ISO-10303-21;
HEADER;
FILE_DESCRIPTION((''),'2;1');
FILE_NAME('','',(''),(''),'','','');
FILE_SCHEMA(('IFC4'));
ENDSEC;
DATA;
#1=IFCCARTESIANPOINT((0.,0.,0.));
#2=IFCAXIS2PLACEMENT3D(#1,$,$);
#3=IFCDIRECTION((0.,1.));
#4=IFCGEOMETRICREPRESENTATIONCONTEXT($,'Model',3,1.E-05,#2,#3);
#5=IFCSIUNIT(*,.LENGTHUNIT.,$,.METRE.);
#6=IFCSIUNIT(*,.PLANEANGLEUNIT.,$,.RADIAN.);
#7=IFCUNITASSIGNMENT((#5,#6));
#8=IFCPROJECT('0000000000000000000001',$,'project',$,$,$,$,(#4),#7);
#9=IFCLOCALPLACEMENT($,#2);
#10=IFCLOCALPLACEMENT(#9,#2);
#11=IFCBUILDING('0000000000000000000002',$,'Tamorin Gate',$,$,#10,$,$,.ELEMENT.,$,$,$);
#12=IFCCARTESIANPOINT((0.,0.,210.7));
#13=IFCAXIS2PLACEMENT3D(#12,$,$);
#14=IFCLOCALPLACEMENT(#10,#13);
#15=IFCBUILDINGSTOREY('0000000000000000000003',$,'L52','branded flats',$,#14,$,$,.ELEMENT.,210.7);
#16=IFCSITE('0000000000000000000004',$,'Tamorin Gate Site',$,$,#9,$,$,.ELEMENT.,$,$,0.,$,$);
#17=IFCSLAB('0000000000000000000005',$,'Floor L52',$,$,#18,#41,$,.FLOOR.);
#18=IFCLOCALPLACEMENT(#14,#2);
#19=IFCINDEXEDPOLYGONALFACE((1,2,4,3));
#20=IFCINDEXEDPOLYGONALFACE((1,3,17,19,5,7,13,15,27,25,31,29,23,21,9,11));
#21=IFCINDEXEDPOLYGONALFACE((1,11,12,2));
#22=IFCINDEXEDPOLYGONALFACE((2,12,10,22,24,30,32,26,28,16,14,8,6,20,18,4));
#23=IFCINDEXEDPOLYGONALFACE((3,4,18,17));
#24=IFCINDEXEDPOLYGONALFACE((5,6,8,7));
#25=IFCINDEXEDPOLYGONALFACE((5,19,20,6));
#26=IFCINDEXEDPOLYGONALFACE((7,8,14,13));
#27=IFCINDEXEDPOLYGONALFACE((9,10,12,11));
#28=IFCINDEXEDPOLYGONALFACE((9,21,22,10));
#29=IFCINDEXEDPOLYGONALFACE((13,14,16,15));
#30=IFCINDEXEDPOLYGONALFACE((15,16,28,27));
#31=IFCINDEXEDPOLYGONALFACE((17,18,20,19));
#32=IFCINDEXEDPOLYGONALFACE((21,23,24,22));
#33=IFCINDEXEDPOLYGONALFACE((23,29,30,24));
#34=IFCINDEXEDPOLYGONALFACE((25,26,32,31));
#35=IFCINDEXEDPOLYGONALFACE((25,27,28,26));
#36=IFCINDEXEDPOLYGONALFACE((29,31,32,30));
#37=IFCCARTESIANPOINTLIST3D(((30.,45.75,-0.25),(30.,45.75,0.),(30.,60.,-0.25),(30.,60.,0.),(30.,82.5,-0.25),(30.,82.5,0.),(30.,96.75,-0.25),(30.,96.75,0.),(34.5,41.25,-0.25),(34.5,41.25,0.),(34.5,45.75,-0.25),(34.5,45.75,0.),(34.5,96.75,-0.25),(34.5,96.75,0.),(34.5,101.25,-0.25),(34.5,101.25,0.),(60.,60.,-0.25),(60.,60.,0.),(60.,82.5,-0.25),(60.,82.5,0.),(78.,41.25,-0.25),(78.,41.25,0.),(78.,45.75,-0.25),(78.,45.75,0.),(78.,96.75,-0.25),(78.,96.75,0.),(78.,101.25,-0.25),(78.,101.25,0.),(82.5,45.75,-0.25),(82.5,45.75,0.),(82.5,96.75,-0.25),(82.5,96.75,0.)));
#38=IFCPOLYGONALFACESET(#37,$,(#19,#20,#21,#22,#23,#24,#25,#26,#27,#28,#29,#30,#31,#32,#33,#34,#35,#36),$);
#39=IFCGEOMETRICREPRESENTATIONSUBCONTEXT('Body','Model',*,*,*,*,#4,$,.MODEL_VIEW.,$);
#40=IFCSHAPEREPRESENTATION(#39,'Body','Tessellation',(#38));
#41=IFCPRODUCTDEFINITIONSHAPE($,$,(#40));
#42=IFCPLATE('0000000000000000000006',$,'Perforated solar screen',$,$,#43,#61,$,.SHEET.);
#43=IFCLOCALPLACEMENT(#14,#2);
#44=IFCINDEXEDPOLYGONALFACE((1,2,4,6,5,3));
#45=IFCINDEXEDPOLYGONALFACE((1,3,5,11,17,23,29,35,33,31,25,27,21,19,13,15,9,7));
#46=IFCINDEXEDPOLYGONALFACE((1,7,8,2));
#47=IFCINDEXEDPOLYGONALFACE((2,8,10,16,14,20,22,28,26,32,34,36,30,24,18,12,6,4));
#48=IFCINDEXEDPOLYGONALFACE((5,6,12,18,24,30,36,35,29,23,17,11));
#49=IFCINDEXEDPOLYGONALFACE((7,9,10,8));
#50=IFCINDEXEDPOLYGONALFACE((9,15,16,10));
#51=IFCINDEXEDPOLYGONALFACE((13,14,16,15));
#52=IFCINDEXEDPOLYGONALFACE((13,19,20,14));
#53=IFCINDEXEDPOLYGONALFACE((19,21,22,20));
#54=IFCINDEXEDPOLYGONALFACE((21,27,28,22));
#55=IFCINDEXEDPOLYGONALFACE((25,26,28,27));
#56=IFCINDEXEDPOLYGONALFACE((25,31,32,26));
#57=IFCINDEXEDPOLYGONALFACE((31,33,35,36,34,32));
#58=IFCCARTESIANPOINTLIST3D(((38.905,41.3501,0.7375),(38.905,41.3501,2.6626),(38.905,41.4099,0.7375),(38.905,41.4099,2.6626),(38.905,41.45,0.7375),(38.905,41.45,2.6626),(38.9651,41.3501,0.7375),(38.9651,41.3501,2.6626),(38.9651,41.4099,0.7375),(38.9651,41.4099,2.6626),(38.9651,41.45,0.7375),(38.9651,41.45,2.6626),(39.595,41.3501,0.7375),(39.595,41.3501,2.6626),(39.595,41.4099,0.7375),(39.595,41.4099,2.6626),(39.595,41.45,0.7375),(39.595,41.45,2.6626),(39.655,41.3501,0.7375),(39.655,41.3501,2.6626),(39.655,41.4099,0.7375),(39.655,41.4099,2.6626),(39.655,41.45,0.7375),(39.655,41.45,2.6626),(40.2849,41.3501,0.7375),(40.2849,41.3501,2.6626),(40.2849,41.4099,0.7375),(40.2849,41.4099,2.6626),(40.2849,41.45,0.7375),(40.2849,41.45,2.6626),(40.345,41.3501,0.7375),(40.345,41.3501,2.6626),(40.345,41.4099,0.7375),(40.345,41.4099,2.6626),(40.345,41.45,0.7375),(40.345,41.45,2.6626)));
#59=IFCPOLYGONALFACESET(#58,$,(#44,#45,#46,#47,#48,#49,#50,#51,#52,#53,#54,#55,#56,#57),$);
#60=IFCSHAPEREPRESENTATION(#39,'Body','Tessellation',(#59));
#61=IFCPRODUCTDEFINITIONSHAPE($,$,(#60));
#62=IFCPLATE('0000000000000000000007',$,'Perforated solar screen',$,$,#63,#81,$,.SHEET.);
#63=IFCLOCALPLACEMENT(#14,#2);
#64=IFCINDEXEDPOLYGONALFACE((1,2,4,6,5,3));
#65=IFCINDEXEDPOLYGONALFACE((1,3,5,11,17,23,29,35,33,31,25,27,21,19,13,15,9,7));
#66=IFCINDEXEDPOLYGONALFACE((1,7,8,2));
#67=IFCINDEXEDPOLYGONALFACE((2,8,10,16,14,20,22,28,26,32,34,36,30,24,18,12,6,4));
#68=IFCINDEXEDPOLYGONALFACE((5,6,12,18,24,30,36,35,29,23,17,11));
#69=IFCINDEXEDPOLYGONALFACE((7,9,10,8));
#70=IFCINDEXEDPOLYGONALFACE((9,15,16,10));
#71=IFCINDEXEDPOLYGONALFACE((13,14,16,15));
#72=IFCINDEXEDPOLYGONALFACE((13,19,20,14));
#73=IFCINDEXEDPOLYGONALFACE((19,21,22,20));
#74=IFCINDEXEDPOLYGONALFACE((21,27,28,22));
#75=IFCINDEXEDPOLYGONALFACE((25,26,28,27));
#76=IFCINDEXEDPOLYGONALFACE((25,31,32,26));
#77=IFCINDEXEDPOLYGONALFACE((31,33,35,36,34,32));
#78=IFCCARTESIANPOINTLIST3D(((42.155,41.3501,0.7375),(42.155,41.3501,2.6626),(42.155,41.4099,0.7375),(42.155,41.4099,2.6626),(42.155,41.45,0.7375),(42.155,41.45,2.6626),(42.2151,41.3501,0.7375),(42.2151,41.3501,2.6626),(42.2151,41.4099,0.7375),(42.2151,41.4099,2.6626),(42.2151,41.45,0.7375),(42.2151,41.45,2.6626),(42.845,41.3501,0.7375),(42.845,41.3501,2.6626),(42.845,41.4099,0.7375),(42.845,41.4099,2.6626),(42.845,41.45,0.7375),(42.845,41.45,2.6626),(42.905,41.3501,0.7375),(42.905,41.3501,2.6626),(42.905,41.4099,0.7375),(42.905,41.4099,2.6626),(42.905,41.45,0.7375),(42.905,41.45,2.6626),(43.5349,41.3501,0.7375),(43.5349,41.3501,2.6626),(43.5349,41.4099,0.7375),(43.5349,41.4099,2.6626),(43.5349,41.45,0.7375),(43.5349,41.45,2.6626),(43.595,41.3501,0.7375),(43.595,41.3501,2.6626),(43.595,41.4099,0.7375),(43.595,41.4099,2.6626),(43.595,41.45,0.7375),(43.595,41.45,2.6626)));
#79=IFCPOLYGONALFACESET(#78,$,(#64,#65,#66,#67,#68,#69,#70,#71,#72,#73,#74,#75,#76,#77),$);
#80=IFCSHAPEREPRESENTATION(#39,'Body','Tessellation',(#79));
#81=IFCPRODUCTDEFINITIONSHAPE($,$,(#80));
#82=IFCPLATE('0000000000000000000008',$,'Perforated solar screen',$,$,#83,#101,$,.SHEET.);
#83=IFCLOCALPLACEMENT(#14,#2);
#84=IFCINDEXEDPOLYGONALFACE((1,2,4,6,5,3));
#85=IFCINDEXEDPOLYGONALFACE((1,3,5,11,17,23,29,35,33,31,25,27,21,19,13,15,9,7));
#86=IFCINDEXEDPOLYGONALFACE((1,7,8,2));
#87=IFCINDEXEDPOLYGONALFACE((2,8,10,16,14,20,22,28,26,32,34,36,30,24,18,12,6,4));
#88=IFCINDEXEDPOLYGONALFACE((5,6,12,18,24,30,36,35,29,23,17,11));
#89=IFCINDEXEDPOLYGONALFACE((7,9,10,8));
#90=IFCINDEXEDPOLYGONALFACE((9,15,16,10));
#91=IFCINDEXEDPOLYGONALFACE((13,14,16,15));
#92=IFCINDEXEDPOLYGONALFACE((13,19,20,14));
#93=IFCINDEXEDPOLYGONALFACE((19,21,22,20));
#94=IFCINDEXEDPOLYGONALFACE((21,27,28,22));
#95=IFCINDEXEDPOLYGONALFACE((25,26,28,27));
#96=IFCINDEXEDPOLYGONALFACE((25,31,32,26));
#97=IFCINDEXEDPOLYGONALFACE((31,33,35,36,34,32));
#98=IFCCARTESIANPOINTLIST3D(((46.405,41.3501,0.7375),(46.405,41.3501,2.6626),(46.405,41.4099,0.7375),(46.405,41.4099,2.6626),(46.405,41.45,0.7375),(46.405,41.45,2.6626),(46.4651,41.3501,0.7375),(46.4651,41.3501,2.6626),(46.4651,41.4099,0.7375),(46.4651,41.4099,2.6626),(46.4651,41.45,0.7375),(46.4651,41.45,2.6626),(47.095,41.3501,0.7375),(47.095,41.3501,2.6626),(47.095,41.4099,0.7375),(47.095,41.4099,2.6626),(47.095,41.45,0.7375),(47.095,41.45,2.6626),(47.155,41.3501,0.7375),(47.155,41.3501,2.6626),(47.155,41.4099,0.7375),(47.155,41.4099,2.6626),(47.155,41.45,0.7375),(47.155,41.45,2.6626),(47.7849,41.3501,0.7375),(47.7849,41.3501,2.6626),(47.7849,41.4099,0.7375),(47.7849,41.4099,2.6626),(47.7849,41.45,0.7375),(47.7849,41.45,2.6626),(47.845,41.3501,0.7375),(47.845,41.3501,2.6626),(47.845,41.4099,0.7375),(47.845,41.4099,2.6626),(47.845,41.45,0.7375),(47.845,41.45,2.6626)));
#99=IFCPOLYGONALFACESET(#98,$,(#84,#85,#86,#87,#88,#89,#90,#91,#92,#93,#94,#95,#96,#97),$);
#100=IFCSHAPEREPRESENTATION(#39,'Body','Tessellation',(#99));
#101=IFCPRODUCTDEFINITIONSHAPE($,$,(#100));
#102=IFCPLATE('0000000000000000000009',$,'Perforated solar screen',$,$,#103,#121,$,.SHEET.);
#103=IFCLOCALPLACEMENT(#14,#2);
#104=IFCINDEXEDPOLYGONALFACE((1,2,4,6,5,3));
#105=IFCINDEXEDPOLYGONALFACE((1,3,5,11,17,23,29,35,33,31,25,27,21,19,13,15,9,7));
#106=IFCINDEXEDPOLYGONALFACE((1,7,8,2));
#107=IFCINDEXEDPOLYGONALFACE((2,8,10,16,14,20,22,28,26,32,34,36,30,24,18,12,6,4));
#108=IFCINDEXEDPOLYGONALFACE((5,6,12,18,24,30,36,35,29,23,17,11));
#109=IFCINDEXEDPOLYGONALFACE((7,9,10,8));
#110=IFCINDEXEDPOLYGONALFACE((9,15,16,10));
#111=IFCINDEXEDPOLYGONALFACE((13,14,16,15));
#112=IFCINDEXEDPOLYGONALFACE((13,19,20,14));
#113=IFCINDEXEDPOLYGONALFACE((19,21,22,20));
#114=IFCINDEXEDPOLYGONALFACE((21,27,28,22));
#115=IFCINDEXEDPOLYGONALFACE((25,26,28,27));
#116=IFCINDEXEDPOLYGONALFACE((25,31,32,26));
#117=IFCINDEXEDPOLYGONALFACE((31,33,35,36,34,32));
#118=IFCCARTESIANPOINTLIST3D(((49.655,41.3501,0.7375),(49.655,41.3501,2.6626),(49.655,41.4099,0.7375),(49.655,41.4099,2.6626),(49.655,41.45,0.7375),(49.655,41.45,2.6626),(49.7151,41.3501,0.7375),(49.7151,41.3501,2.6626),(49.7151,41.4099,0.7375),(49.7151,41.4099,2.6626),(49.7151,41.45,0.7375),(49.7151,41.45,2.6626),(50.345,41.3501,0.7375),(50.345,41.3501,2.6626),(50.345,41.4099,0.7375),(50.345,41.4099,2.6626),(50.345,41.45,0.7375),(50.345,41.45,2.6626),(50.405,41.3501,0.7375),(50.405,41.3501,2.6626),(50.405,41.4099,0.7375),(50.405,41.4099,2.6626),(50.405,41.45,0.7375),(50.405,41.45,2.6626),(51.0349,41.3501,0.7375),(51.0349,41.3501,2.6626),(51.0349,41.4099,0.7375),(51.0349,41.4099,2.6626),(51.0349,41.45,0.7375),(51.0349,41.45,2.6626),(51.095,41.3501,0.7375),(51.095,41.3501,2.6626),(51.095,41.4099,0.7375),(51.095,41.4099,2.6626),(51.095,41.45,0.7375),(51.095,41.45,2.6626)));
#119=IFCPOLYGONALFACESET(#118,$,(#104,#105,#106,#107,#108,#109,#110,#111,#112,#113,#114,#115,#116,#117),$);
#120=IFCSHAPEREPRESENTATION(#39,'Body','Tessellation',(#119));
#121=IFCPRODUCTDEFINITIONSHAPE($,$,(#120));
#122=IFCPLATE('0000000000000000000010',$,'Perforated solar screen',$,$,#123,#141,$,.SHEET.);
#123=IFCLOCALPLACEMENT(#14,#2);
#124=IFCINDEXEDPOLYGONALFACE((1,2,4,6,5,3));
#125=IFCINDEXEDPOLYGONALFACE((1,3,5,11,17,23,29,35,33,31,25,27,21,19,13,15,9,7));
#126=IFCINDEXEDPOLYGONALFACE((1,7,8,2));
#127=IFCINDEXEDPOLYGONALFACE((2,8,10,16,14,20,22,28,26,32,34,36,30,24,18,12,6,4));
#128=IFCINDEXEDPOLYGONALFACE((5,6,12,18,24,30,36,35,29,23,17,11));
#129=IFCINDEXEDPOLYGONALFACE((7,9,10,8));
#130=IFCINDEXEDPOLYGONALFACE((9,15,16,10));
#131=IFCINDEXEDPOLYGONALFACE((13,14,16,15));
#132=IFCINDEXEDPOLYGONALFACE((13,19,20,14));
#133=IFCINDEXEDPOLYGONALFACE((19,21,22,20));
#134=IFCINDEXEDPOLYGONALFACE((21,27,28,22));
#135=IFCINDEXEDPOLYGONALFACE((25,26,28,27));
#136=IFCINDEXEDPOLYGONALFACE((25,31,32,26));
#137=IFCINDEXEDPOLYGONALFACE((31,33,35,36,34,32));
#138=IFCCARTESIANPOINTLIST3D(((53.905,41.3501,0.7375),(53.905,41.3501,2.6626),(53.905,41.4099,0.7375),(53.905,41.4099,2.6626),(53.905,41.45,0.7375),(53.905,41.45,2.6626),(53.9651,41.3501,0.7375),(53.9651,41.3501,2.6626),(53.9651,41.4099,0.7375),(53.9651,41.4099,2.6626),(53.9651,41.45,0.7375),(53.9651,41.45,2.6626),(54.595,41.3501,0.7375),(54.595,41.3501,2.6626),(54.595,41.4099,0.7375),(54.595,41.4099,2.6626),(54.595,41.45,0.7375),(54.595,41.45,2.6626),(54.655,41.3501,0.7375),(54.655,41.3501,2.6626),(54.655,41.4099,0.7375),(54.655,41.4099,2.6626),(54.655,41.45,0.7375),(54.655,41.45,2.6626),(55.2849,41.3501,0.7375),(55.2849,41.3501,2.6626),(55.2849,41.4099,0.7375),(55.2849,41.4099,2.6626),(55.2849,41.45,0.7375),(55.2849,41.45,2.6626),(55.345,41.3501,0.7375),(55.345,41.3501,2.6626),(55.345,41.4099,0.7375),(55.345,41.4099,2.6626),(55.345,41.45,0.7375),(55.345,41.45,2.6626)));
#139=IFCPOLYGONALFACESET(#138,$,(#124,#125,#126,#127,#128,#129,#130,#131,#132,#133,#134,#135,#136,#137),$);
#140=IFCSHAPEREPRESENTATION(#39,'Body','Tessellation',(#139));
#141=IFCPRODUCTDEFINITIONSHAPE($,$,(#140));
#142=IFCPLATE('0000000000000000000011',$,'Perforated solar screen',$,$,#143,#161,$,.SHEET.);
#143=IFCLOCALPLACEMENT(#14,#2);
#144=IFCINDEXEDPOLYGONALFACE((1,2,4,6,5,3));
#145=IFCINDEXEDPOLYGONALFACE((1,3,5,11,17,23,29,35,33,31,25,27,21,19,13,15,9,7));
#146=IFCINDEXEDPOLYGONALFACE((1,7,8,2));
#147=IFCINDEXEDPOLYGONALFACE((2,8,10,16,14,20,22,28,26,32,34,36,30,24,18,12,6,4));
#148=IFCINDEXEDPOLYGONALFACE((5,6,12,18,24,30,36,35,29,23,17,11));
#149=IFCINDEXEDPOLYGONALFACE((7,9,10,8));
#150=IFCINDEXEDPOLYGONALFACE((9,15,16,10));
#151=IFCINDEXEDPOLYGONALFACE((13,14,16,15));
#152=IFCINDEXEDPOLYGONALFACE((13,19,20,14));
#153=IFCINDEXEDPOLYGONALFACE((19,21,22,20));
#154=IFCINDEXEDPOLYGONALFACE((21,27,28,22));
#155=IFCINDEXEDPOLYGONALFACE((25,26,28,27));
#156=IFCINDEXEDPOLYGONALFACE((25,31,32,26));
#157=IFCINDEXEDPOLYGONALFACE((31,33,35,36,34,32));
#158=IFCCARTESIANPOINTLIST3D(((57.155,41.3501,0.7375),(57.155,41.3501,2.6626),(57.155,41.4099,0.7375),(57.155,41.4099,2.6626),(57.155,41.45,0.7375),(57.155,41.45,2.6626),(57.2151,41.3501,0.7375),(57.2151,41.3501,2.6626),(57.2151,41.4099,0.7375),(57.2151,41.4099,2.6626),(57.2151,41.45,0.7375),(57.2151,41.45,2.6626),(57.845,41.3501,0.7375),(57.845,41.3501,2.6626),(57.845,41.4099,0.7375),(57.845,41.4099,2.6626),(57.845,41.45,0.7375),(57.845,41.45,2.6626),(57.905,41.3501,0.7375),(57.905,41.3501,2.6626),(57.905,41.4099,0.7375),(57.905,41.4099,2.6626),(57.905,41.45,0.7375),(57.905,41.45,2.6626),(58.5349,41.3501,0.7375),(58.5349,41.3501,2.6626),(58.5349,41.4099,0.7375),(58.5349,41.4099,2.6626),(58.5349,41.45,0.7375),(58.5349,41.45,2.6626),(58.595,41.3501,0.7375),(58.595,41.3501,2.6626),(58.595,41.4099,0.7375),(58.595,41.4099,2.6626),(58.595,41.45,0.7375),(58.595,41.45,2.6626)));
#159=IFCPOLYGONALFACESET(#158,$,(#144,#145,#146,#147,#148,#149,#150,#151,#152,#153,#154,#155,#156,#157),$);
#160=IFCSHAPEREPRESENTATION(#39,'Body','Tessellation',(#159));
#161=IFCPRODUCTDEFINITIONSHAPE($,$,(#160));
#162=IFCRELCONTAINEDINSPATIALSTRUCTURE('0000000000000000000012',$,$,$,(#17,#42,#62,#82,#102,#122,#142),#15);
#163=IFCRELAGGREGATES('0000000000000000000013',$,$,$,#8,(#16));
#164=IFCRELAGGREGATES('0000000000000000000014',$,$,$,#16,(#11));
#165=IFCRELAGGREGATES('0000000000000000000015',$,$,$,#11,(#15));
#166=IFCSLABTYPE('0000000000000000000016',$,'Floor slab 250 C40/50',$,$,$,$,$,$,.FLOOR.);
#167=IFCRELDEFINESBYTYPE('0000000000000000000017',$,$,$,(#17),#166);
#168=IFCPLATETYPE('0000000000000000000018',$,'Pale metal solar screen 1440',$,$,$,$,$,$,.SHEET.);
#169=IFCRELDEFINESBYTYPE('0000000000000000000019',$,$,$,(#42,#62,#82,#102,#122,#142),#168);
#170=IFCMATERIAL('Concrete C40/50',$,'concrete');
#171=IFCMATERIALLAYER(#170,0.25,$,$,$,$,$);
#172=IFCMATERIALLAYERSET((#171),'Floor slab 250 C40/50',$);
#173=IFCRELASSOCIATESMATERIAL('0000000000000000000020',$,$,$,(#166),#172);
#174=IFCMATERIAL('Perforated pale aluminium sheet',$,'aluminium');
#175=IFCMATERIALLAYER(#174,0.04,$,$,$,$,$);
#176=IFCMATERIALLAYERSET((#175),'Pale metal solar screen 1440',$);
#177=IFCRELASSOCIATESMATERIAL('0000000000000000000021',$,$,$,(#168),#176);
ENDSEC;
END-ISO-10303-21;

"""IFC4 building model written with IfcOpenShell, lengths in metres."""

from ifc_helpers import new_model, si_unit, direction, frame, origin, place, context, subcontext, project, spatial, polyline, outline, extrude, material, layer, layer_set, type_object, element, save


model = new_model("IFC4")

# Units and contexts
model_context = context("Model", 3, precision=1e-05, world=origin(), true_north=direction((0.0, 1.0)))
body_context = subcontext(model_context, "Body", "Model", "MODEL_VIEW")
ifc_project = project(units=[si_unit("LENGTHUNIT", "METRE"), si_unit("PLANEANGLEUNIT", "RADIAN")], contexts=[model_context])

# Site, building, storey
site_placement = place(None, origin())
site = spatial("IfcSite", under=ifc_project, at=site_placement, Name="Tamorin Gate Site", CompositionType="ELEMENT", RefElevation=0.0)
building_placement = place(site_placement, origin())
building = spatial("IfcBuilding", under=site, at=building_placement, Name="Tamorin Gate", CompositionType="ELEMENT")
storey_placement = place(building_placement, frame((0.0, 0.0, 210.7)))
storey = spatial("IfcBuildingStorey", under=building, at=storey_placement, Name="L52", Description="branded flats", CompositionType="ELEMENT", Elevation=210.7)

# Slab
ifc_material_1 = material(Name="Concrete C40/50", Category="concrete")
ifc_layer_1 = layer(ifc_material_1, 0.25)
ifc_layer_set_1 = layer_set([ifc_layer_1], Name="Floor slab 250 C40/50")
slab_type = type_object("IfcSlabType", Name="Floor slab 250 C40/50", PredefinedType="FLOOR", material=ifc_layer_set_1)
slab_placement = place(storey_placement, frame((0.0, 0.0, -0.25)))
element("IfcSlab", 1, at=slab_placement, inside=storey, type_object=slab_type, Name="Floor L52", PredefinedType="FLOOR", context=body_context, shape_type="SweptSolid", body=[
    extrude(outline(polyline([(30.0, 96.75), (34.5, 96.75), (34.5, 101.25), (78.0, 101.25), (78.0, 96.75), (82.5, 96.75), (82.5, 45.75), (78.0, 45.75), (78.0, 41.25), (34.5, 41.25), (34.5, 45.75), (30.0, 45.75), (30.0, 60.0), (60.0, 60.0), (60.0, 82.5), (30.0, 82.5), (30.0, 96.75)])), origin(), (0.0, 0.0, 1.0), 0.25),
])

# Plates
ifc_material_2 = material(Name="Perforated pale aluminium sheet", Category="aluminium")
ifc_layer_2 = layer(ifc_material_2, 0.04)
ifc_layer_set_2 = layer_set([ifc_layer_2], Name="Pale metal solar screen 1440")
plate_type_1 = type_object("IfcPlateType", Name="Pale metal solar screen 1440", PredefinedType="SHEET", material=ifc_layer_set_2)
plate_1_placement = place(storey_placement, frame((0.0, 0.0, 0.7375)))
element("IfcPlate", 2, at=plate_1_placement, inside=storey, type_object=plate_type_1, Name="Perforated solar screen", PredefinedType="SHEET", context=body_context, shape_type="SweptSolid", body=[
    extrude(outline(polyline([(38.905, 41.4099), (38.905, 41.45), (38.9651, 41.45), (39.595, 41.45), (39.655, 41.45), (40.2849, 41.45), (40.345, 41.45), (40.345, 41.45), (40.345, 41.4099), (40.345, 41.4099), (40.345, 41.3501), (40.2849, 41.3501), (40.2849, 41.4099), (39.655, 41.4099), (39.655, 41.3501), (39.595, 41.3501), (39.595, 41.4099), (38.9651, 41.4099), (38.9651, 41.3501), (38.905, 41.3501), (38.905, 41.4099)])), origin(), (0.0, 0.0, 1.0), 1.925),
])
plate_2_placement = place(storey_placement, frame((0.0, 0.0, 0.7375)))
element("IfcPlate", 3, at=plate_2_placement, inside=storey, type_object=plate_type_1, Name="Perforated solar screen", PredefinedType="SHEET", context=body_context, shape_type="SweptSolid", body=[
    extrude(outline(polyline([(42.155, 41.4099), (42.155, 41.45), (42.2151, 41.45), (42.845, 41.45), (42.905, 41.45), (43.5349, 41.45), (43.595, 41.45), (43.595, 41.4099), (43.595, 41.3501), (43.5349, 41.3501), (43.5349, 41.4099), (42.905, 41.4099), (42.905, 41.3501), (42.845, 41.3501), (42.845, 41.4099), (42.2151, 41.4099), (42.2151, 41.3501), (42.155, 41.3501), (42.155, 41.4099)])), origin(), (0.0, 0.0, 1.0), 1.925),
])
plate_3_placement = place(storey_placement, frame((0.0, 0.0, 0.7375)))
element("IfcPlate", 4, at=plate_3_placement, inside=storey, type_object=plate_type_1, Name="Perforated solar screen", PredefinedType="SHEET", context=body_context, shape_type="SweptSolid", body=[
    extrude(outline(polyline([(46.405, 41.4099), (46.405, 41.45), (46.4651, 41.45), (47.095, 41.45), (47.155, 41.45), (47.7849, 41.45), (47.845, 41.45), (47.845, 41.4099), (47.845, 41.3501), (47.7849, 41.3501), (47.7849, 41.4099), (47.155, 41.4099), (47.155, 41.3501), (47.095, 41.3501), (47.095, 41.4099), (46.4651, 41.4099), (46.4651, 41.3501), (46.405, 41.3501), (46.405, 41.4099)])), origin(), (0.0, 0.0, 1.0), 1.925),
])
plate_4_placement = place(storey_placement, frame((0.0, 0.0, 0.7375)))
element("IfcPlate", 5, at=plate_4_placement, inside=storey, type_object=plate_type_1, Name="Perforated solar screen", PredefinedType="SHEET", context=body_context, shape_type="SweptSolid", body=[
    extrude(outline(polyline([(49.655, 41.4099), (49.655, 41.45), (49.7151, 41.45), (50.345, 41.45), (50.405, 41.45), (51.0349, 41.45), (51.095, 41.45), (51.095, 41.4099), (51.095, 41.3501), (51.0349, 41.3501), (51.0349, 41.4099), (50.405, 41.4099), (50.405, 41.3501), (50.345, 41.3501), (50.345, 41.4099), (49.7151, 41.4099), (49.7151, 41.3501), (49.655, 41.3501), (49.655, 41.4099)])), origin(), (0.0, 0.0, 1.0), 1.925),
])
plate_5_placement = place(storey_placement, frame((0.0, 0.0, 0.7375)))
element("IfcPlate", 6, at=plate_5_placement, inside=storey, type_object=plate_type_1, Name="Perforated solar screen", PredefinedType="SHEET", context=body_context, shape_type="SweptSolid", body=[
    extrude(outline(polyline([(53.905, 41.4099), (53.905, 41.45), (53.9651, 41.45), (54.595, 41.45), (54.655, 41.45), (55.2849, 41.45), (55.345, 41.45), (55.345, 41.4099), (55.345, 41.3501), (55.2849, 41.3501), (55.2849, 41.4099), (54.655, 41.4099), (54.655, 41.3501), (54.595, 41.3501), (54.595, 41.4099), (53.9651, 41.4099), (53.9651, 41.3501), (53.905, 41.3501), (53.905, 41.4099)])), origin(), (0.0, 0.0, 1.0), 1.925),
])
plate_6_placement = place(storey_placement, frame((0.0, 0.0, 0.7375)))
element("IfcPlate", 7, at=plate_6_placement, inside=storey, type_object=plate_type_1, Name="Perforated solar screen", PredefinedType="SHEET", context=body_context, shape_type="SweptSolid", body=[
    extrude(outline(polyline([(57.155, 41.4099), (57.155, 41.45), (57.2151, 41.45), (57.845, 41.45), (57.905, 41.45), (58.5349, 41.45), (58.595, 41.45), (58.595, 41.4099), (58.595, 41.3501), (58.5349, 41.3501), (58.5349, 41.4099), (57.905, 41.4099), (57.905, 41.3501), (57.845, 41.3501), (57.845, 41.4099), (57.2151, 41.4099), (57.2151, 41.3501), (57.155, 41.3501), (57.155, 41.4099)])), origin(), (0.0, 0.0, 1.0), 1.925),
])

save(model, "model.ifc")
